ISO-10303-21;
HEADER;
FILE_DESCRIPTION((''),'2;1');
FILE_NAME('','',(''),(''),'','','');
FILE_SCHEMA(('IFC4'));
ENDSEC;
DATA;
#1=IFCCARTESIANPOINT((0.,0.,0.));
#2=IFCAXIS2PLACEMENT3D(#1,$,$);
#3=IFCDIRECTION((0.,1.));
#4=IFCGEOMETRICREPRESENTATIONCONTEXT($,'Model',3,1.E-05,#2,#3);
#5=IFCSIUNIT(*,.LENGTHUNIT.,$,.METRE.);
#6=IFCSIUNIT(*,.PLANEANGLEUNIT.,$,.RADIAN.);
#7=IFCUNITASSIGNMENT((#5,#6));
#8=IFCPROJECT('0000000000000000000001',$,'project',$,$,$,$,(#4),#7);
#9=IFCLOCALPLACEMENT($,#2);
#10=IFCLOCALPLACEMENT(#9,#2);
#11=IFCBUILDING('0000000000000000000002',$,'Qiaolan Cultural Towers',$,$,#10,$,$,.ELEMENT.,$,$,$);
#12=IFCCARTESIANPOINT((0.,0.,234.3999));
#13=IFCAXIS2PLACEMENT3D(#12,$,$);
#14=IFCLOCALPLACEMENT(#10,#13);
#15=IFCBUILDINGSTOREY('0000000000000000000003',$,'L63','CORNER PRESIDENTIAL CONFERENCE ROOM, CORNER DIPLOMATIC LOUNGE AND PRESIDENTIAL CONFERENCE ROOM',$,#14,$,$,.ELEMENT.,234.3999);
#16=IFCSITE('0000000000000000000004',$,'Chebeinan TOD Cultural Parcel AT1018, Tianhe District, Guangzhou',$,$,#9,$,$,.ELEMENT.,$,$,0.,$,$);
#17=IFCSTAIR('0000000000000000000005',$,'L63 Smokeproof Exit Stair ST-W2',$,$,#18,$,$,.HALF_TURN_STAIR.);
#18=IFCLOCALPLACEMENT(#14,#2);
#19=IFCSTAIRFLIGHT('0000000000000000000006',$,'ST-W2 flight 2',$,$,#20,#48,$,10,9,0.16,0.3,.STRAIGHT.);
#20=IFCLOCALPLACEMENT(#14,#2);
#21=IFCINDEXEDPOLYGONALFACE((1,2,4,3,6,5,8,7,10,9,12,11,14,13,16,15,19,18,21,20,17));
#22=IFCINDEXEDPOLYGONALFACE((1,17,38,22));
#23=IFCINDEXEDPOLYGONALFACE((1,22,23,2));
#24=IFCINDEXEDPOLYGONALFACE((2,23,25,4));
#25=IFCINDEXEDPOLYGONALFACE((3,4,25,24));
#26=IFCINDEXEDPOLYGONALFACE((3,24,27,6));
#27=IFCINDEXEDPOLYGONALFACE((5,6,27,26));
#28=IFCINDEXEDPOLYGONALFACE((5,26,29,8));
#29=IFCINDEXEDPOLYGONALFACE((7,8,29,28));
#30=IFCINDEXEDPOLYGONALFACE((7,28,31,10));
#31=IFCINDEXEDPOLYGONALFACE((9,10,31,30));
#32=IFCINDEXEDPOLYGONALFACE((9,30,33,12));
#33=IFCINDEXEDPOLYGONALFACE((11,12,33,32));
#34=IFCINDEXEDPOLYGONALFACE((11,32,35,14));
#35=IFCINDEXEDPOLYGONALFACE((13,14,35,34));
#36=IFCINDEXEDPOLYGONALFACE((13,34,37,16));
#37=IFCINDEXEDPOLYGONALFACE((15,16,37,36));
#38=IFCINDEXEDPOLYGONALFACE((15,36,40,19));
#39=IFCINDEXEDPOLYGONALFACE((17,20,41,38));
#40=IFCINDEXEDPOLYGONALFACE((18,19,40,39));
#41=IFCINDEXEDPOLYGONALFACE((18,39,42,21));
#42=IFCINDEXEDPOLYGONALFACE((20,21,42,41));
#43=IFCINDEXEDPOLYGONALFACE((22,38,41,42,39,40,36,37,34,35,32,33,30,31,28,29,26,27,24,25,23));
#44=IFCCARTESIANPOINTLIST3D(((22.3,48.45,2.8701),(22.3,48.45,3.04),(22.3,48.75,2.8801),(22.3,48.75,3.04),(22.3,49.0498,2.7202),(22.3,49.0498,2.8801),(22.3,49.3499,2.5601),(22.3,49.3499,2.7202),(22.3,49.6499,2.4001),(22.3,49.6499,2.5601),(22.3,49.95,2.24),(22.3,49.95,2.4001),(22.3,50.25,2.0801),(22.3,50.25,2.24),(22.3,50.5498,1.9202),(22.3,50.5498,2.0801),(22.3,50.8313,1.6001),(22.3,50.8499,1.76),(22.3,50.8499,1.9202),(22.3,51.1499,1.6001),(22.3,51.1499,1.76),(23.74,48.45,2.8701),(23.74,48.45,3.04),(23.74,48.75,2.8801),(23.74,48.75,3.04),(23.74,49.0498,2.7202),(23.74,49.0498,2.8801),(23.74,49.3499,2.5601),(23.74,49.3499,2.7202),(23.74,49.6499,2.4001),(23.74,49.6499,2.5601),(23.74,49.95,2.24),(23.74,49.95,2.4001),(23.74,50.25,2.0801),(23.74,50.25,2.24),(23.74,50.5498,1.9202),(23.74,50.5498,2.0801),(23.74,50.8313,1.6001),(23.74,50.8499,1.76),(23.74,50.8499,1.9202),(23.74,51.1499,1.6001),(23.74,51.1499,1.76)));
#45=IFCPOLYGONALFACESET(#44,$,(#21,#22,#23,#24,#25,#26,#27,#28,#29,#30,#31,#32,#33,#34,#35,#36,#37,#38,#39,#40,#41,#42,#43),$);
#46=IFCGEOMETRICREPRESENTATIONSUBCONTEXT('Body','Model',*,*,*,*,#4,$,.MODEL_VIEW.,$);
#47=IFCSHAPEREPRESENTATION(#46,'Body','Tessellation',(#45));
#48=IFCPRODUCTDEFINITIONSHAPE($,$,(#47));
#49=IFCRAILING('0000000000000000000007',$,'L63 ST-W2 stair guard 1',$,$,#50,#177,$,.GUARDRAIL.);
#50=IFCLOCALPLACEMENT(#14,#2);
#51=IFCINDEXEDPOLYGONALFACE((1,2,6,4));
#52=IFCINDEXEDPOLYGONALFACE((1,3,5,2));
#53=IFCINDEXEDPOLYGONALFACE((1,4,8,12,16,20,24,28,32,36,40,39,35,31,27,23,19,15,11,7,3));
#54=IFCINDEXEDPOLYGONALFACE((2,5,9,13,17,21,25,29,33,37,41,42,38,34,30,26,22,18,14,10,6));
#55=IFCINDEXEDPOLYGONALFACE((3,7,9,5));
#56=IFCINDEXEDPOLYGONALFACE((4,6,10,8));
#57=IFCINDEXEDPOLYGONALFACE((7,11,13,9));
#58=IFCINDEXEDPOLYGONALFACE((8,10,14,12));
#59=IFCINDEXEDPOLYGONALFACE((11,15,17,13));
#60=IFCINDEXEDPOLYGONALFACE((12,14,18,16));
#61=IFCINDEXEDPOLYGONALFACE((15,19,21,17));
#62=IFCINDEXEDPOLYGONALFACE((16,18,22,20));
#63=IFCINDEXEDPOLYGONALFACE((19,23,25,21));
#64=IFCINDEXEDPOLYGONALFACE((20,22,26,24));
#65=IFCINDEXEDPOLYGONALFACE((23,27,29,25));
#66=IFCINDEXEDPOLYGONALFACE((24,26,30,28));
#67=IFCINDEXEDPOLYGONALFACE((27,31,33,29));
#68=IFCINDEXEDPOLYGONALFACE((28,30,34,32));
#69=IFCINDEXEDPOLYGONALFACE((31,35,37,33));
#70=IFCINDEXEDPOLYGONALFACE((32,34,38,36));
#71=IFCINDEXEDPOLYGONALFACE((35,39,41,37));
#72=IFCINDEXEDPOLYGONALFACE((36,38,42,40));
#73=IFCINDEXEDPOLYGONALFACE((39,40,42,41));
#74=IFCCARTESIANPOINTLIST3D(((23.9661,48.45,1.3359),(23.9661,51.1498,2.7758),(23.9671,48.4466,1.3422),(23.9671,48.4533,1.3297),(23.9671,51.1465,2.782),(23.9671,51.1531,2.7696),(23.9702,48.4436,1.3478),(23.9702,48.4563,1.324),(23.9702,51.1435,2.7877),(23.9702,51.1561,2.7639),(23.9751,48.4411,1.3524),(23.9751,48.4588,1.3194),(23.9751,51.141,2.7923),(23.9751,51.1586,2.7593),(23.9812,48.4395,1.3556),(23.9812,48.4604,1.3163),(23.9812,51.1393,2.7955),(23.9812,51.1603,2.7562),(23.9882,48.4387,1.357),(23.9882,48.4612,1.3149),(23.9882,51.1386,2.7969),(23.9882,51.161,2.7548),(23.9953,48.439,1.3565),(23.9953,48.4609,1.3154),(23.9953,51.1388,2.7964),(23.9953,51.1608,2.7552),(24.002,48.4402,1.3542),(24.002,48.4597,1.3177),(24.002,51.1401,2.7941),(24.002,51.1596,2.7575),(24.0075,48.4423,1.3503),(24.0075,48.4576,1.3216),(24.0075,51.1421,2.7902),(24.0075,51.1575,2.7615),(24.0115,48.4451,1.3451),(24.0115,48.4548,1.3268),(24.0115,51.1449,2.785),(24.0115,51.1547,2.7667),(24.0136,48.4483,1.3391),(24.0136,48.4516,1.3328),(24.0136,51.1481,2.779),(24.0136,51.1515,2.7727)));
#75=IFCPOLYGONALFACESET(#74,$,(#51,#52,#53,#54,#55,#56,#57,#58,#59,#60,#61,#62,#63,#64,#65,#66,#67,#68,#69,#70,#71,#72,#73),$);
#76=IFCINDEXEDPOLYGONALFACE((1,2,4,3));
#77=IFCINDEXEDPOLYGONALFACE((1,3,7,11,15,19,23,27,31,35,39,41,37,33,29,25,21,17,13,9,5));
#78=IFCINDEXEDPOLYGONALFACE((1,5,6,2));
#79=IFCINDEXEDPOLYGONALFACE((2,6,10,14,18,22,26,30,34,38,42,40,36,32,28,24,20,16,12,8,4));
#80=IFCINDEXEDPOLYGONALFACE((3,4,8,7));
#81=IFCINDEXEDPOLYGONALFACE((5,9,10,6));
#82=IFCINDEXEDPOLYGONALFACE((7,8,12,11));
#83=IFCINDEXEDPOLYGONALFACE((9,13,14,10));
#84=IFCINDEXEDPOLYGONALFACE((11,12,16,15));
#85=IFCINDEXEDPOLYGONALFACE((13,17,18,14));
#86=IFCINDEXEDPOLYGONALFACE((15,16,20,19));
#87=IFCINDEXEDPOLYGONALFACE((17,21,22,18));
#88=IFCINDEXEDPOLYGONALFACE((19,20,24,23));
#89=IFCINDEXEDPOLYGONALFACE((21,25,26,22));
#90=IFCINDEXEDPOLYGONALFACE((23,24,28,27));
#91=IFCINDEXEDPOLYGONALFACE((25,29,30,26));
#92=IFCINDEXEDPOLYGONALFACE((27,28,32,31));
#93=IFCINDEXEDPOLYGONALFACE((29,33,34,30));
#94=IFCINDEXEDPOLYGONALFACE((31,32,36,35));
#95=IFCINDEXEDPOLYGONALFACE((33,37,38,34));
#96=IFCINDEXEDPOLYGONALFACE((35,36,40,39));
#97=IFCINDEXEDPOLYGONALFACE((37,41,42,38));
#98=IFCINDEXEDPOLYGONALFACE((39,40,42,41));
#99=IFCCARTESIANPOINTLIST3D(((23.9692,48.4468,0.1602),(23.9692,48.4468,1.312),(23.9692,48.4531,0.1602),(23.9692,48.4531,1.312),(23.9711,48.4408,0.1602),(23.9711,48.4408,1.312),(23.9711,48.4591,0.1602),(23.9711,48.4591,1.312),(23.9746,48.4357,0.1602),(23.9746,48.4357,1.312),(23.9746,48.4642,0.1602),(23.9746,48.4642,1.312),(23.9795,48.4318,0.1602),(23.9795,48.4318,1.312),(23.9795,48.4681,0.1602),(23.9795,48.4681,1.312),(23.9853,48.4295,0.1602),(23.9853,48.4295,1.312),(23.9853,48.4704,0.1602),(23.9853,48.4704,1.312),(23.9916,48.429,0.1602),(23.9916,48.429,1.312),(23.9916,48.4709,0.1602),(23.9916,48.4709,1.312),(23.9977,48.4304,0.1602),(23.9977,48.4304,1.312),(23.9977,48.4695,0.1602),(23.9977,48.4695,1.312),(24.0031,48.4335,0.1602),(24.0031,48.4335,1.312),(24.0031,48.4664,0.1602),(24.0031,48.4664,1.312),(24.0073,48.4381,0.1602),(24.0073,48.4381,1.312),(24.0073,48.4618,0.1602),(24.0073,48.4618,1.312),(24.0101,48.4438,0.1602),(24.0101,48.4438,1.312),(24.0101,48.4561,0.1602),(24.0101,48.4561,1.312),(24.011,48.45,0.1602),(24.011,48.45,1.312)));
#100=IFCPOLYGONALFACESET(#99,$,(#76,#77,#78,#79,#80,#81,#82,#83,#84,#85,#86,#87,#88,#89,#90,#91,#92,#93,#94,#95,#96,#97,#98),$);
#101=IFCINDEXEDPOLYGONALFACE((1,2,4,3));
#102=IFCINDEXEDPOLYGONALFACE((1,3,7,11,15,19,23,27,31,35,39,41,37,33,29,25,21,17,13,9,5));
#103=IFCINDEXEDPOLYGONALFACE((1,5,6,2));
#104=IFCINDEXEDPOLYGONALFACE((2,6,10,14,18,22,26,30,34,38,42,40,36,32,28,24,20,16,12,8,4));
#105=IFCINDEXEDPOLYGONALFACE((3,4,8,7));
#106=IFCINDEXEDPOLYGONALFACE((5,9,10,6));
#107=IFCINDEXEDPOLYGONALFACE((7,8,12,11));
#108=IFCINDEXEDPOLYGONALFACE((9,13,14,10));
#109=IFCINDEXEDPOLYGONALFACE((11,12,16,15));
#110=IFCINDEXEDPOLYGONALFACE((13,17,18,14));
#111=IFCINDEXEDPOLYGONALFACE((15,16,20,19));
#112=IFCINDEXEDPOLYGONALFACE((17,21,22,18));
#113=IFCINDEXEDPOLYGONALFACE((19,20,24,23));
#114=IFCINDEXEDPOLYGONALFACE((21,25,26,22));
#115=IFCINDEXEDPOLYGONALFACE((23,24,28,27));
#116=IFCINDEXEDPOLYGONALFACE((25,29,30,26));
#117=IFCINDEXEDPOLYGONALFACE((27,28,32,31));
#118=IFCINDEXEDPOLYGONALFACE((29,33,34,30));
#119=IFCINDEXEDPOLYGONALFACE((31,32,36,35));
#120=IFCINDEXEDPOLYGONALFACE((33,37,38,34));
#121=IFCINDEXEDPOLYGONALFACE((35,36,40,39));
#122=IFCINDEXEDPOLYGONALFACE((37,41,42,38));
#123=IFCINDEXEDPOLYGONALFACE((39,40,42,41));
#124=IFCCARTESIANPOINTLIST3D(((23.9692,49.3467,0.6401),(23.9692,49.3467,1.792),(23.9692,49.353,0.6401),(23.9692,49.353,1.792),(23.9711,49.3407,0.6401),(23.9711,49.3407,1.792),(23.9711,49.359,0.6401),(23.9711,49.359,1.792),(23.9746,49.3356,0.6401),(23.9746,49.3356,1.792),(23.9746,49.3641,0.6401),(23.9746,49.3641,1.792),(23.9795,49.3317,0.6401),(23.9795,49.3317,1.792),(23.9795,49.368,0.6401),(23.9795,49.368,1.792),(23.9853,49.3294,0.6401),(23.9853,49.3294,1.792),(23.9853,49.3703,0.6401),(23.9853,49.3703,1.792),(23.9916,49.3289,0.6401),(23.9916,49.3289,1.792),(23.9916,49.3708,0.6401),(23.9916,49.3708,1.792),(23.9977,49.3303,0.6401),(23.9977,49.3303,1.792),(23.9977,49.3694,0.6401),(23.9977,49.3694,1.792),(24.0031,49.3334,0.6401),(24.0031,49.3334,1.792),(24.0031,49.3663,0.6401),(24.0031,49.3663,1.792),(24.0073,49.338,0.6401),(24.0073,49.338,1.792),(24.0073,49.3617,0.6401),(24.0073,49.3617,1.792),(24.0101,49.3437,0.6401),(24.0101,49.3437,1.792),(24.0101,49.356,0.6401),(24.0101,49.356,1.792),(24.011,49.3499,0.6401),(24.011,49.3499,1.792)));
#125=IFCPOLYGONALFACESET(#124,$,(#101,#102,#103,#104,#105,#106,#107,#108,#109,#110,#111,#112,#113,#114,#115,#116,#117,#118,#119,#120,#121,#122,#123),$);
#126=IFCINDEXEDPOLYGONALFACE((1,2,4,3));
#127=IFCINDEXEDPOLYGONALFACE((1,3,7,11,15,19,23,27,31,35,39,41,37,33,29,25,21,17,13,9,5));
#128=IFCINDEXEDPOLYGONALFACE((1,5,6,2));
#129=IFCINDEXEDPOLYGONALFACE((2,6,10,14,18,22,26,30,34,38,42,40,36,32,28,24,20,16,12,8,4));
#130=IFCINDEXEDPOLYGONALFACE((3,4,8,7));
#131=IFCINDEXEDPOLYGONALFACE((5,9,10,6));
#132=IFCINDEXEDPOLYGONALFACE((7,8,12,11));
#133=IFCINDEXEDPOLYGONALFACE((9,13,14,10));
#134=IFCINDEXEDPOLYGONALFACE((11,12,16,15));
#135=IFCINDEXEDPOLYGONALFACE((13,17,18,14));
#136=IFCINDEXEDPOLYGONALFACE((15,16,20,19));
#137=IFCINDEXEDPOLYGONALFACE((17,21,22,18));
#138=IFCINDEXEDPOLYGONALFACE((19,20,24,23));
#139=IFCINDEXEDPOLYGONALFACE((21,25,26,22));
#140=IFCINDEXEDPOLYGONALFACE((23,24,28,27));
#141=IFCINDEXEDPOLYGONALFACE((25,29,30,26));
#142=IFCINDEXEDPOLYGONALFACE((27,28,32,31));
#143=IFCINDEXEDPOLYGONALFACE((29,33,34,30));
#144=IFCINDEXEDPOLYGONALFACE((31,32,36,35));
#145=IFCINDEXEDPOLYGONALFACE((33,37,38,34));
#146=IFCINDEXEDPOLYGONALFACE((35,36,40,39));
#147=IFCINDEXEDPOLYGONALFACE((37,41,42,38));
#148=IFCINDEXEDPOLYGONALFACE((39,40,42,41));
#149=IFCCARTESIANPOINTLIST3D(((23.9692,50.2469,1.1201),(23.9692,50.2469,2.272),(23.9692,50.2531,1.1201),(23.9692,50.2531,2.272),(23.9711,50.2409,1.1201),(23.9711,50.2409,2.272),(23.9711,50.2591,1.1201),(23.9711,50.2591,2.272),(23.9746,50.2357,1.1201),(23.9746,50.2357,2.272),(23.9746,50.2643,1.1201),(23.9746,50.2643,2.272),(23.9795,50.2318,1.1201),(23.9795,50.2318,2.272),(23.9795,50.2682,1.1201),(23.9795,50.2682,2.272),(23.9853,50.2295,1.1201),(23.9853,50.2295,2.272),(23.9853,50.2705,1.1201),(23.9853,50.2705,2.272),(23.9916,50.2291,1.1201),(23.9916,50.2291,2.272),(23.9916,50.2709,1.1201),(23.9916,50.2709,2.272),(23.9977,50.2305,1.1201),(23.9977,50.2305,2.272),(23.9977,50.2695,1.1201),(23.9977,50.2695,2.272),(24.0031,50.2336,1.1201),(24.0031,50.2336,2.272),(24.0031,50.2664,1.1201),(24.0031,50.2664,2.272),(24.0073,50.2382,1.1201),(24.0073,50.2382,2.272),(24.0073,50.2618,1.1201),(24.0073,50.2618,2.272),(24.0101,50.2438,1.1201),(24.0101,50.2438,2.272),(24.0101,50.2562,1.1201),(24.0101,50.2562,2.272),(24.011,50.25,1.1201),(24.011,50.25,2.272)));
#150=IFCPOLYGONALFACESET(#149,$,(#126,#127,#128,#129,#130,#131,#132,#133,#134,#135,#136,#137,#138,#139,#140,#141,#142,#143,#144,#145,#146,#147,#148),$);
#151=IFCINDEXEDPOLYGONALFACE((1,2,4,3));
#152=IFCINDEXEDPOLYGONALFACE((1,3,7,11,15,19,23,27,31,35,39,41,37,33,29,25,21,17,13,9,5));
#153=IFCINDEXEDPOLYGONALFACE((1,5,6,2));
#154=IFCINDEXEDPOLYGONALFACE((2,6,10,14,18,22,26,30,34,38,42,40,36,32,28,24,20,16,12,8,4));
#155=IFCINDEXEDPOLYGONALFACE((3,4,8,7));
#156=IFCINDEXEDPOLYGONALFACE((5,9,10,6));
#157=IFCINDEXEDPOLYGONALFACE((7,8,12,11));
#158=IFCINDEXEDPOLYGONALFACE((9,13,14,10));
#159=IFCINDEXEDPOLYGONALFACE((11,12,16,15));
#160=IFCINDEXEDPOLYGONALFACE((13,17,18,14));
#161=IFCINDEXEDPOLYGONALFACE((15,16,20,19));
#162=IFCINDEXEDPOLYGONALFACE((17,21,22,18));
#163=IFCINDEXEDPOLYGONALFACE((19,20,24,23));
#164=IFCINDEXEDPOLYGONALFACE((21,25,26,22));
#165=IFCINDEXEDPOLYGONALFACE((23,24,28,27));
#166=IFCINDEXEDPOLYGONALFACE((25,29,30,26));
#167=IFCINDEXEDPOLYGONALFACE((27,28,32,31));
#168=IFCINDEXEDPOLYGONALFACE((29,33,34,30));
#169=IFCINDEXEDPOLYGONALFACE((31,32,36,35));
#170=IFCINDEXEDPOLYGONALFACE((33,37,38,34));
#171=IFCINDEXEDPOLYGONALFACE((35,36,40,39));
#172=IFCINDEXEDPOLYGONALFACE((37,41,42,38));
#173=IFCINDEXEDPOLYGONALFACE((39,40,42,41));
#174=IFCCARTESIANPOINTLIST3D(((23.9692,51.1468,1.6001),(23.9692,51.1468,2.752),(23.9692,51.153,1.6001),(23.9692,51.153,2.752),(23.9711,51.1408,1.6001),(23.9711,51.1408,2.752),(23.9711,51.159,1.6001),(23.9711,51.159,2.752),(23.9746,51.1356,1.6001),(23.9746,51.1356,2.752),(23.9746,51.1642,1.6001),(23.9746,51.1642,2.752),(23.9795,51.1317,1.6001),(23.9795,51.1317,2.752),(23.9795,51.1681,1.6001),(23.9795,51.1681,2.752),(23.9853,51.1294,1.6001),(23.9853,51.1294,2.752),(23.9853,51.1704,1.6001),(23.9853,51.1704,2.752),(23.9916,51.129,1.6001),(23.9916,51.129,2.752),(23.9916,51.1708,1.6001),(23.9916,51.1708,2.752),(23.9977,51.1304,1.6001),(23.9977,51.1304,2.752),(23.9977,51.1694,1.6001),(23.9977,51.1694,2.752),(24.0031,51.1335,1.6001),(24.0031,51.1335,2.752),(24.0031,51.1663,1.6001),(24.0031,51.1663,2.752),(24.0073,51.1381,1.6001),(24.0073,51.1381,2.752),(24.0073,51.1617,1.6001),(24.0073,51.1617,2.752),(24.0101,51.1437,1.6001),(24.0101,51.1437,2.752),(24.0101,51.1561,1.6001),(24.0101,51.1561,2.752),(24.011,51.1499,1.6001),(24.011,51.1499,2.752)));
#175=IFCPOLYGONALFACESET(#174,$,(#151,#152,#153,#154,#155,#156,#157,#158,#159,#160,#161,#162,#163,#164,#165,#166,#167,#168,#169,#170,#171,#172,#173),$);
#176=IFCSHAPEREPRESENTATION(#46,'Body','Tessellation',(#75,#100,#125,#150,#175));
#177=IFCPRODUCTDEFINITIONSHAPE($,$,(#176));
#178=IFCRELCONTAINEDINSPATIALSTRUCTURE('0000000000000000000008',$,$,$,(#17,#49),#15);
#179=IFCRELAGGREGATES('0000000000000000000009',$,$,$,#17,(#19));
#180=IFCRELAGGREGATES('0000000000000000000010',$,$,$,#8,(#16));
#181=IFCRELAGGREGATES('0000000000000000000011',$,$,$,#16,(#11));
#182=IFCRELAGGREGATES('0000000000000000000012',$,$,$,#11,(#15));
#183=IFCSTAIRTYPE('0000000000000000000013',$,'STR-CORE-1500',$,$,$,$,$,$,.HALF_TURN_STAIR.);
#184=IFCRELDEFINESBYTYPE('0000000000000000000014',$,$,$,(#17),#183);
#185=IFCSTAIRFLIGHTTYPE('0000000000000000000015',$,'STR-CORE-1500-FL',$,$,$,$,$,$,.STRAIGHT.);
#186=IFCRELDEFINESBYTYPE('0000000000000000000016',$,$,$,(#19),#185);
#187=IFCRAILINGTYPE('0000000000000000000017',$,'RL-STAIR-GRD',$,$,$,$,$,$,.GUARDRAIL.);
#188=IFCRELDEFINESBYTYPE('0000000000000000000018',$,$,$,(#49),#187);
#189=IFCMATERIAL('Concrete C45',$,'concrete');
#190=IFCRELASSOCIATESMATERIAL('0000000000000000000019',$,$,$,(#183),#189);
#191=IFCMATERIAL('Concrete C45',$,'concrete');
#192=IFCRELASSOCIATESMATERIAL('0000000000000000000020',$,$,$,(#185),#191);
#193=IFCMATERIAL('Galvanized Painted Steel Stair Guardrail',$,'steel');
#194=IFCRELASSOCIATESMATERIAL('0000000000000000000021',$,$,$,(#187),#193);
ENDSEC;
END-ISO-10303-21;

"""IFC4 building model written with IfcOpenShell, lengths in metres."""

from ifc_helpers import new_model, si_unit, direction, frame, origin, origin_2d, place, context, subcontext, project, spatial, polyline, circle, outline, extrude, material, type_object, element, aggregate, save


model = new_model("IFC4")

# Units and contexts
model_context = context("Model", 3, precision=1e-05, world=origin(), true_north=direction((0.0, 1.0)))
body_context = subcontext(model_context, "Body", "Model", "MODEL_VIEW")
ifc_project = project(units=[si_unit("LENGTHUNIT", "METRE"), si_unit("PLANEANGLEUNIT", "RADIAN")], contexts=[model_context])

# Site, building, storey
site_placement = place(None, origin())
site = spatial("IfcSite", under=ifc_project, at=site_placement, Name="Chebeinan TOD Cultural Parcel AT1018, Tianhe District, Guangzhou", CompositionType="ELEMENT", RefElevation=0.0)
building_placement = place(site_placement, origin())
building = spatial("IfcBuilding", under=site, at=building_placement, Name="Qiaolan Cultural Towers", CompositionType="ELEMENT")
storey_placement = place(building_placement, frame((0.0, 0.0, 234.3999)))
storey = spatial("IfcBuildingStorey", under=building, at=storey_placement, Name="L63", Description="CORNER PRESIDENTIAL CONFERENCE ROOM, CORNER DIPLOMATIC LOUNGE AND PRESIDENTIAL CONFERENCE ROOM", CompositionType="ELEMENT", Elevation=234.3999)

# Stair, stair flight
ifc_material_1 = material(Name="Concrete C45", Category="concrete")
stair_type = type_object("IfcStairType", Name="STR-CORE-1500", PredefinedType="HALF_TURN_STAIR", material=ifc_material_1)
stair_placement = place(storey_placement, origin())
stair = element("IfcStair", 1, at=stair_placement, inside=storey, type_object=stair_type, Name="L63 Smokeproof Exit Stair ST-W2", PredefinedType="HALF_TURN_STAIR")
ifc_material_2 = material(Name="Concrete C45", Category="concrete")
stair_flight_type = type_object("IfcStairFlightType", Name="STR-CORE-1500-FL", PredefinedType="STRAIGHT", material=ifc_material_2)
stair_flight_1_placement = place(storey_placement, frame((23.02, 51.1499, 1.6001), z_axis=(0.0, 0.0, 1.0), x_axis=(0.0, -1.0, 0.0)))
stair_flight_1 = element("IfcStairFlight", 2, at=stair_flight_1_placement, type_object=stair_flight_type, Name="ST-W2 flight 2", NumberOfRisers=10, NumberOfTreads=9, PredefinedType="STRAIGHT", RiserHeight=0.16, TreadLength=0.3, context=body_context, shape_type="SweptSolid", body=[
    extrude(outline(polyline([(0.0, 0.0), (0.0, 0.1599), (0.3, 0.1599), (0.3, 0.3201), (0.6001, 0.3201), (0.6001, 0.48), (0.8999, 0.48), (0.8999, 0.6399), (1.2, 0.6399), (1.2, 0.8), (1.5, 0.8), (1.5, 0.96), (1.8, 0.96), (1.8, 1.1201), (2.1001, 1.1201), (2.1001, 1.28), (2.3999, 1.28), (2.3999, 1.4399), (2.7, 1.4399), (2.7, 1.6001), (2.7, 1.27), (0.3186, 0.0), (0.0, 0.0)])), frame((0.0, 0.72, 0.0), z_axis=(0.0, -1.0, 0.0), x_axis=(1.0, 0.0, 0.0)), (0.0, 0.0, 1.0), 1.4399),
])
aggregate(stair, [stair_flight_1])

# Railing
ifc_material_3 = material(Name="Galvanized Painted Steel Stair Guardrail", Category="steel")
railing_type_1 = type_object("IfcRailingType", Name="RL-STAIR-GRD", PredefinedType="GUARDRAIL", material=ifc_material_3)
railing_1_placement = place(storey_placement, frame((23.99, 48.45, 0.1602)))
element("IfcRailing", 3, at=railing_1_placement, inside=storey, type_object=railing_type_1, Name="L63 ST-W2 stair guard 1", PredefinedType="GUARDRAIL", context=body_context, shape_type="SweptSolid", body=[
    extrude(circle(Radius=0.0239, at=origin_2d()), frame((0.0, 0.0, 1.1758), z_axis=(0.0, 0.882357, 0.47058), x_axis=(-1.0, 0.0, 0.0)), (0.0, 0.0, 1.0), 3.0598),
    extrude(circle(Radius=0.021, at=origin_2d()), origin(), (0.0, 0.0, 1.0), 1.1519),
    extrude(circle(Radius=0.021, at=origin_2d()), frame((0.0, 0.8999, 0.48)), (0.0, 0.0, 1.0), 1.1519),
    extrude(circle(Radius=0.021, at=origin_2d()), frame((0.0, 1.8, 0.96)), (0.0, 0.0, 1.0), 1.1519),
    extrude(circle(Radius=0.021, at=origin_2d()), frame((0.0, 2.7, 1.4399)), (0.0, 0.0, 1.0), 1.1519),
])

save(model, "model.ifc")
